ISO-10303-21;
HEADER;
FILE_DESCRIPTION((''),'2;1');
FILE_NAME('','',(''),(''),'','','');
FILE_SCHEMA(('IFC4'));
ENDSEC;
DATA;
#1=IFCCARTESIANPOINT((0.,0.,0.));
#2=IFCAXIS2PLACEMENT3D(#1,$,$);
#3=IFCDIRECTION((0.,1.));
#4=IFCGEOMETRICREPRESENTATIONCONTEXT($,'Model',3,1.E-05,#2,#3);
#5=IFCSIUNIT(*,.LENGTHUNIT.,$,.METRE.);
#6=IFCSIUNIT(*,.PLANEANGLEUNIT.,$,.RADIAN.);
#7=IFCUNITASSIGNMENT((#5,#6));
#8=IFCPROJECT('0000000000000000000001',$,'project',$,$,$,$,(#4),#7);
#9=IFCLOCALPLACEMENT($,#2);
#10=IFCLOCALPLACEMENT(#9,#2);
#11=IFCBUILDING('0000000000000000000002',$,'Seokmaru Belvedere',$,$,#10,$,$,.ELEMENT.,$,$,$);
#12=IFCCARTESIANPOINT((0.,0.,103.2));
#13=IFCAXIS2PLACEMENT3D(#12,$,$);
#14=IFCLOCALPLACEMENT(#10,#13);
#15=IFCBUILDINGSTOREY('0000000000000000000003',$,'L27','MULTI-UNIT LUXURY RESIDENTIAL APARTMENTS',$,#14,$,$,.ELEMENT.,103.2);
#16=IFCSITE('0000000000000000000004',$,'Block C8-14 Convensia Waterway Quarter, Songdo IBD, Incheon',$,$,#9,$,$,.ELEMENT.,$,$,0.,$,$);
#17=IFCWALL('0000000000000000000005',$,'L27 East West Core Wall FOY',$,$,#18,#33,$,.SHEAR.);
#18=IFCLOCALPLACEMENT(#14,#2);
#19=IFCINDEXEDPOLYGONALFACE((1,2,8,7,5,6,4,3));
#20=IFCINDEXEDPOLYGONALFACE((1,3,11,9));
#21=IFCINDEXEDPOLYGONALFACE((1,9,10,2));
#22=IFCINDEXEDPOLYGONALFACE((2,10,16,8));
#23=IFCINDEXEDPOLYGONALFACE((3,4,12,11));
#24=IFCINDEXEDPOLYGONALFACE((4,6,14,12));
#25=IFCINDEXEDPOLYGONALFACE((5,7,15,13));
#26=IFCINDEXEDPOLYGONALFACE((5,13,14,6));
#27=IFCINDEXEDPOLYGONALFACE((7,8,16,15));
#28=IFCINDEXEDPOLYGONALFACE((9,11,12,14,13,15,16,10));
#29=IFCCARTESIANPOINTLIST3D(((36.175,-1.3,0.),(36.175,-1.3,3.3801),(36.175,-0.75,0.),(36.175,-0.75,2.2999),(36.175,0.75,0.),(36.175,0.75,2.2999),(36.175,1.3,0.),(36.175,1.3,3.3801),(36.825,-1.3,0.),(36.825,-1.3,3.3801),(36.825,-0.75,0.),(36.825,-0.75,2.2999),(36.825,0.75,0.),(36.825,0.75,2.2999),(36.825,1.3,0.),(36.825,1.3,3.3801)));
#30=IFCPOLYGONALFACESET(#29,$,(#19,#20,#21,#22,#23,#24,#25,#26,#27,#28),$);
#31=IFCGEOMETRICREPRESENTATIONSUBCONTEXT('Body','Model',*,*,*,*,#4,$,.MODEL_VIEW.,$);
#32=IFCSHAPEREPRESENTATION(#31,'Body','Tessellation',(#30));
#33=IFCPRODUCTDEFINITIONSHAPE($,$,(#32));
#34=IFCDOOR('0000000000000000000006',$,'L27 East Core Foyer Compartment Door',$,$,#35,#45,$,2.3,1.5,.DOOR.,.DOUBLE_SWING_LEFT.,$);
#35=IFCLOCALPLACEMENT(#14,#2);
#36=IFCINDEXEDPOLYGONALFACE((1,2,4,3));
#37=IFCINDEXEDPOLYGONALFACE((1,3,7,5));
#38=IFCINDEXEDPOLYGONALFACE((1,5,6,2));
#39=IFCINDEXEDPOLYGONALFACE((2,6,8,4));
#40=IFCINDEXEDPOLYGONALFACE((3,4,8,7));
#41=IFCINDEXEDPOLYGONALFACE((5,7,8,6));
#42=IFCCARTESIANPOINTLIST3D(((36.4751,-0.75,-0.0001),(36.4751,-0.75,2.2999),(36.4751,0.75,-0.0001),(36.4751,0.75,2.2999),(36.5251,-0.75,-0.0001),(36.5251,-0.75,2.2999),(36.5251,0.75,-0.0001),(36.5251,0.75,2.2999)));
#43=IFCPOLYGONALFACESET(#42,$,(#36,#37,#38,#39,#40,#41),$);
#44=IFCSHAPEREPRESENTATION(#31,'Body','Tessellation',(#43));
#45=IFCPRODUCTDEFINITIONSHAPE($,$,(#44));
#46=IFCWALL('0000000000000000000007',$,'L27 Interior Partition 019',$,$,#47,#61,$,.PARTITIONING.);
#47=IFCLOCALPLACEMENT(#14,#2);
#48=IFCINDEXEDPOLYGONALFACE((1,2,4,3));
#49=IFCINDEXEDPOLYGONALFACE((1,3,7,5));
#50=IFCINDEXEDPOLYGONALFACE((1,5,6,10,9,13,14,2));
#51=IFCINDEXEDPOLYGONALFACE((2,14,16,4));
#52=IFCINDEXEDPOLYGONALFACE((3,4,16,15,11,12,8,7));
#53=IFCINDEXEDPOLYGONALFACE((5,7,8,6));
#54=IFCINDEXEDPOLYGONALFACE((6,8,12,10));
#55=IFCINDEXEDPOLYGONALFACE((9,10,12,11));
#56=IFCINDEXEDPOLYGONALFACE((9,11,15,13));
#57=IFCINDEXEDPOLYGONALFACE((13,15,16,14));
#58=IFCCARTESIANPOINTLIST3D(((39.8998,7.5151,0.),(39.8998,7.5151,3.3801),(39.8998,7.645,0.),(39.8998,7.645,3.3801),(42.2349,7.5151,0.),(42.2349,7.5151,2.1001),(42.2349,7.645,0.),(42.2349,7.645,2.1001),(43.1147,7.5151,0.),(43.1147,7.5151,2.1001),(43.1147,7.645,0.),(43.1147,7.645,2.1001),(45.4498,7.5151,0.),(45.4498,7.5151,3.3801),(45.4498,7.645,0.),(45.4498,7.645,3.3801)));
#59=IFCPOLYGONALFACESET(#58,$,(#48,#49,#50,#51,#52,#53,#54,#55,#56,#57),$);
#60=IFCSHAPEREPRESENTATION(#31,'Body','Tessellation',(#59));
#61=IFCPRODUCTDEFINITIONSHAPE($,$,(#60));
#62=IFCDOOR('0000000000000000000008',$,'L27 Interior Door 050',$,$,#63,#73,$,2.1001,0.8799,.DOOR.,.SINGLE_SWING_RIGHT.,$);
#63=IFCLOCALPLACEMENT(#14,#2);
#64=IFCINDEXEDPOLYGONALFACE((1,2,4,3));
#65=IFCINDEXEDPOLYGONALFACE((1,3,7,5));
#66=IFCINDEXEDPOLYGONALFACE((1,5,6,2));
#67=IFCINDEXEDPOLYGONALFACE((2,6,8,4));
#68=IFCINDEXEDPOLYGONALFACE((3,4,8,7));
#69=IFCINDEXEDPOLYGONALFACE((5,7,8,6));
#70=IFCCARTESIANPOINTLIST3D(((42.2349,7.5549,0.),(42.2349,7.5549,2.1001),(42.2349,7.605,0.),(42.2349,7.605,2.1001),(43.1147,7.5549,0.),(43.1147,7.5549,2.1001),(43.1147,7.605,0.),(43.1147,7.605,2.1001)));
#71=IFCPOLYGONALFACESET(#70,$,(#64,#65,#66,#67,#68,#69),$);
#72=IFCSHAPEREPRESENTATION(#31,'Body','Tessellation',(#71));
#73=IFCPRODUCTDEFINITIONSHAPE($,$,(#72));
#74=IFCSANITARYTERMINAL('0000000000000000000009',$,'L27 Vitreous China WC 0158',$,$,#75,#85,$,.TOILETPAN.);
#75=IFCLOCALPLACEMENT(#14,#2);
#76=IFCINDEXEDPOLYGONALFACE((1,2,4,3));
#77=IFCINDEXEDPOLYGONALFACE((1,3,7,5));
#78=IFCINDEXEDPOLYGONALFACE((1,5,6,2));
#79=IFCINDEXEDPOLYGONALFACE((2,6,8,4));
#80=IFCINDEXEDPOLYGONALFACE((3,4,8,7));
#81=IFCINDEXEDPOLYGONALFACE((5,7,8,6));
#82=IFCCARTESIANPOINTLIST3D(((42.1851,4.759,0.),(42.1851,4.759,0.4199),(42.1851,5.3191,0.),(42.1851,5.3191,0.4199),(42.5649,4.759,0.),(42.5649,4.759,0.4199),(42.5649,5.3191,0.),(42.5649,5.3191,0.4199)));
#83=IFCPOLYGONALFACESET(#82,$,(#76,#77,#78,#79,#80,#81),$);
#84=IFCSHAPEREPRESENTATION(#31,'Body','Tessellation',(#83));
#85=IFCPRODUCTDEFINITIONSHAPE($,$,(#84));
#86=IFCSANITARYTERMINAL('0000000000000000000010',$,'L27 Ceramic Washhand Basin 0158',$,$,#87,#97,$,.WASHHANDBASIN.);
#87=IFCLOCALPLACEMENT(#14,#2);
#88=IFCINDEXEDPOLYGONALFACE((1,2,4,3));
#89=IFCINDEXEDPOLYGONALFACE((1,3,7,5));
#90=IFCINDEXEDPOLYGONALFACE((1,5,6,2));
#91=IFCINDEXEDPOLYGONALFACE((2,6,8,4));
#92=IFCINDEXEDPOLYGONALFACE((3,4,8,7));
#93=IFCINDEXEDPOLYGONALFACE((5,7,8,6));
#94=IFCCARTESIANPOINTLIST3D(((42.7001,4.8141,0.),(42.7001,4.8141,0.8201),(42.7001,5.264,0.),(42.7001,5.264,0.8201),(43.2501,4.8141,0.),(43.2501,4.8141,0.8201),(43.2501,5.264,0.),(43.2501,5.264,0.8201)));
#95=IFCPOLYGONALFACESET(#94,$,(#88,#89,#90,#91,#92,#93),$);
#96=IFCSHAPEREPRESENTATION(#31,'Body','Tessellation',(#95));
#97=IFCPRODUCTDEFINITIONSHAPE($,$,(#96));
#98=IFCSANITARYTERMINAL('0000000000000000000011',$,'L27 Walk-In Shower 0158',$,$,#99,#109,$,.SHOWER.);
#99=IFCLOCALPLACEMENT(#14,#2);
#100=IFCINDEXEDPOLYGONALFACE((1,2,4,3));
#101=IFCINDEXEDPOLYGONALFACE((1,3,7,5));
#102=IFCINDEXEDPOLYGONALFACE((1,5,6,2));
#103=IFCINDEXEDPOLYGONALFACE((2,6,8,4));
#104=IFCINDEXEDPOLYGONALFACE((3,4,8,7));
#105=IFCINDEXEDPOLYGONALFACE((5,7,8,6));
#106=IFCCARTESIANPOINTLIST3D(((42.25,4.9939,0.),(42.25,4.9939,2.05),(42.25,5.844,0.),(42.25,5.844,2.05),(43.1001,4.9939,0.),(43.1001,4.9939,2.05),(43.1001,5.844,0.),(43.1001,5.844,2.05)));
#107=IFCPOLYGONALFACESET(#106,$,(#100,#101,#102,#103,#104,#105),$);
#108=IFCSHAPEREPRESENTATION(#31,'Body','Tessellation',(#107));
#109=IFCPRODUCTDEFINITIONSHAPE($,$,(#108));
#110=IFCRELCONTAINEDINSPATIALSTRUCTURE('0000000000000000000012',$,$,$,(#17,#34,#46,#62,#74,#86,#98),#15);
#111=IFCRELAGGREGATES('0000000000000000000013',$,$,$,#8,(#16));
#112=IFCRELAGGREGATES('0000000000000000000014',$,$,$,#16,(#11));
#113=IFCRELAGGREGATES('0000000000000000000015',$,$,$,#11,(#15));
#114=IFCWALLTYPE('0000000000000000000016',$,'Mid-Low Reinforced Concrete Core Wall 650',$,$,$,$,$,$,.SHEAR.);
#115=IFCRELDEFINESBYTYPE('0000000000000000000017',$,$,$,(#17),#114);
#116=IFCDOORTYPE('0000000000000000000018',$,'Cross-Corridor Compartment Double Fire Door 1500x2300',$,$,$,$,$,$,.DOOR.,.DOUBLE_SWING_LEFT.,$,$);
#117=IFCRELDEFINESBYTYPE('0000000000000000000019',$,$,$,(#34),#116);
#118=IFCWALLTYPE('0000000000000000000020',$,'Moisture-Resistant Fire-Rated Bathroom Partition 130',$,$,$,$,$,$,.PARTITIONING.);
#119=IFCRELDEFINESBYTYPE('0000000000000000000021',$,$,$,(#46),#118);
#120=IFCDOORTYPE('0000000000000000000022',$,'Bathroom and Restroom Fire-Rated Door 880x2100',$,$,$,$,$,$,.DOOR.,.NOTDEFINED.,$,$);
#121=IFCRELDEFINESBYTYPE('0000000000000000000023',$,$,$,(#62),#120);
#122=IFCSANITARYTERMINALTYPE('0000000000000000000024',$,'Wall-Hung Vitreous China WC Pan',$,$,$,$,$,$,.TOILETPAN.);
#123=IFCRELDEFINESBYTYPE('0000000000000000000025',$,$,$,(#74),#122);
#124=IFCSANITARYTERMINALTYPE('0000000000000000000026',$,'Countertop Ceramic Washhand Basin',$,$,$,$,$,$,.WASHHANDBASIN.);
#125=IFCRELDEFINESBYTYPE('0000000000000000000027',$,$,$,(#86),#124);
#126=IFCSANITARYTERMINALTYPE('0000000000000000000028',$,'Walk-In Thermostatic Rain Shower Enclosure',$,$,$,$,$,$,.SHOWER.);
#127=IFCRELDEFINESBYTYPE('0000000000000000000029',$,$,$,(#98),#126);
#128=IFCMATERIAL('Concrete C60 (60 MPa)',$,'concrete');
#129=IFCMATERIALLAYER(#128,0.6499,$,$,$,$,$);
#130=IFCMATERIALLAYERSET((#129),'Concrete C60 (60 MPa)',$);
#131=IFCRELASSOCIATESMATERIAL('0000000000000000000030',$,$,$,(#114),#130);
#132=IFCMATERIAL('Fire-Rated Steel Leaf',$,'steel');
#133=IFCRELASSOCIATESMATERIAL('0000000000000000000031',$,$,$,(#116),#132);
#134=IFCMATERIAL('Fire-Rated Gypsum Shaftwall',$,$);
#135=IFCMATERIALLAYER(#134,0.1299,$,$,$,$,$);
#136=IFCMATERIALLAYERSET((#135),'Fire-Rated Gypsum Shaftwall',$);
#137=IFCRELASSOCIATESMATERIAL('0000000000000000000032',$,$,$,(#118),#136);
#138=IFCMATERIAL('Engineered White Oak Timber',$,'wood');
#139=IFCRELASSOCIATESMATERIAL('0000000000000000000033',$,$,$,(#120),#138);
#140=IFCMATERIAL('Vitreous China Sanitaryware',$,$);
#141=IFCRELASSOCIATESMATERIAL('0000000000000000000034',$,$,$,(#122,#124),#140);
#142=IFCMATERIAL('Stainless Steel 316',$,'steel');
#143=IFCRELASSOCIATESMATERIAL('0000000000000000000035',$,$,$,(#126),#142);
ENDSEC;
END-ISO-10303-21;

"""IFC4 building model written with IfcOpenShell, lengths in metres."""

from ifc_helpers import new_model, si_unit, direction, frame, frame_2d, origin, origin_2d, place, context, subcontext, project, spatial, rectangle, extrude, source, transform, mapped, material, layer, layer_set, type_object, type_shapes, element, fill, save


model = new_model("IFC4")

# Units and contexts
model_context = context("Model", 3, precision=1e-05, world=origin(), true_north=direction((0.0, 1.0)))
body_context = subcontext(model_context, "Body", "Model", "MODEL_VIEW")
ifc_project = project(units=[si_unit("LENGTHUNIT", "METRE"), si_unit("PLANEANGLEUNIT", "RADIAN")], contexts=[model_context])

# Site, building, storey
site_placement = place(None, origin())
site = spatial("IfcSite", under=ifc_project, at=site_placement, Name="Block C8-14 Convensia Waterway Quarter, Songdo IBD, Incheon", CompositionType="ELEMENT", RefElevation=0.0)
building_placement = place(site_placement, origin())
building = spatial("IfcBuilding", under=site, at=building_placement, Name="Seokmaru Belvedere", CompositionType="ELEMENT")
storey_placement = place(building_placement, frame((0.0, 0.0, 103.2)))
storey = spatial("IfcBuildingStorey", under=building, at=storey_placement, Name="L27", Description="MULTI-UNIT LUXURY RESIDENTIAL APARTMENTS", CompositionType="ELEMENT", Elevation=103.2)

# Shared definitions
ifc_material_1 = material(Name="Fire-Rated Gypsum Shaftwall")

# Walls, openings, doors
ifc_material_2 = material(Name="Concrete C60 (60 MPa)", Category="concrete")
ifc_layer_1 = layer(ifc_material_2, 0.6499)
ifc_layer_set_1 = layer_set([ifc_layer_1], Name="Concrete C60 (60 MPa)")
wall_type_1 = type_object("IfcWallType", Name="Mid-Low Reinforced Concrete Core Wall 650", PredefinedType="SHEAR", material=ifc_layer_set_1)
wall_1_placement = place(storey_placement, frame((36.5, -1.3, 0.0), z_axis=(0.0, 0.0, 1.0), x_axis=(0.0, 1.0, 0.0)))
wall_1 = element("IfcWall", 1, at=wall_1_placement, inside=storey, type_object=wall_type_1, Name="L27 East West Core Wall FOY", PredefinedType="SHEAR", context=body_context, shape_type="SweptSolid", body=[
    extrude(rectangle(XDim=2.6001, YDim=0.6499, at=frame_2d((1.3, 0.0))), origin(), (0.0, 0.0, 1.0), 3.3801),
])
opening_1_placement = place(wall_1_placement, frame((0.55, 0.0, 0.0)))
opening_1 = element("IfcOpeningElement", 2, at=opening_1_placement, cuts=wall_1, PredefinedType="OPENING", context=body_context, shape_type="SweptSolid", body=[
    extrude(rectangle(XDim=1.5, YDim=2.3, at=frame_2d((0.75, 1.1499))), frame((0.0, 0.335, 0.0), z_axis=(0.0, -1.0, 0.0), x_axis=(1.0, 0.0, 0.0)), (0.0, 0.0, 1.0), 0.6699),
])
ifc_material_3 = material(Name="Fire-Rated Steel Leaf", Category="steel")
door_type_1 = type_object("IfcDoorType", Name="Cross-Corridor Compartment Double Fire Door 1500x2300", OperationType="DOUBLE_SWING_LEFT", PredefinedType="DOOR", material=ifc_material_3)
shared_shape_1 = source(origin(), body_context, "Body", "SweptSolid", [
    extrude(rectangle(XDim=1.5, YDim=2.3, at=frame_2d((0.75, 1.1499))), frame((0.0, 0.0249, 0.0), z_axis=(0.0, -1.0, 0.0), x_axis=(1.0, 0.0, 0.0)), (0.0, 0.0, 1.0), 0.05),
])
type_shapes(door_type_1, [shared_shape_1])
door_1_placement = place(opening_1_placement, origin())
door_1 = element("IfcDoor", 3, at=door_1_placement, inside=storey, type_object=door_type_1, Name="L27 East Core Foyer Compartment Door", OperationType="DOUBLE_SWING_LEFT", OverallHeight=2.3, OverallWidth=1.5, PredefinedType="DOOR", context=body_context, shape_type="MappedRepresentation", body=[
    mapped(shared_shape_1, transform((0.0, 0.0, 0.0), scale=1.0)),
])
fill(opening_1, door_1)
ifc_layer_2 = layer(ifc_material_1, 0.1299)
ifc_layer_set_2 = layer_set([ifc_layer_2], Name="Fire-Rated Gypsum Shaftwall")
wall_type_2 = type_object("IfcWallType", Name="Moisture-Resistant Fire-Rated Bathroom Partition 130", PredefinedType="PARTITIONING", material=ifc_layer_set_2)
wall_2_placement = place(storey_placement, frame((39.8999, 7.5801, 0.0), z_axis=(0.0, 0.0, 1.0), x_axis=(1.0, 0.0, 0.0)))
wall_2 = element("IfcWall", 4, at=wall_2_placement, inside=storey, type_object=wall_type_2, Name="L27 Interior Partition 019", PredefinedType="PARTITIONING", context=body_context, shape_type="SweptSolid", body=[
    extrude(rectangle(XDim=5.55, YDim=0.1299, at=frame_2d((2.7749, 0.0))), origin(), (0.0, 0.0, 1.0), 3.3801),
])
opening_2_placement = place(wall_2_placement, frame((2.335, 0.0, 0.0)))
opening_2 = element("IfcOpeningElement", 5, at=opening_2_placement, cuts=wall_2, PredefinedType="OPENING", context=body_context, shape_type="SweptSolid", body=[
    extrude(rectangle(XDim=0.8799, YDim=2.1001, at=frame_2d((0.4399, 1.05))), frame((0.0, 0.075, 0.0), z_axis=(0.0, -1.0, 0.0), x_axis=(1.0, 0.0, 0.0)), (0.0, 0.0, 1.0), 0.1499),
])
ifc_material_4 = material(Name="Engineered White Oak Timber", Category="wood")
door_type_2 = type_object("IfcDoorType", Name="Bathroom and Restroom Fire-Rated Door 880x2100", OperationType="NOTDEFINED", PredefinedType="DOOR", material=ifc_material_4)
shared_shape_2 = source(origin(), body_context, "Body", "SweptSolid", [
    extrude(rectangle(XDim=0.8799, YDim=2.1001, at=frame_2d((0.4399, 1.05))), frame((0.0, 0.0249, 0.0), z_axis=(0.0, -1.0, 0.0), x_axis=(1.0, 0.0, 0.0)), (0.0, 0.0, 1.0), 0.05),
])
type_shapes(door_type_2, [shared_shape_2])
door_2_placement = place(opening_2_placement, origin())
door_2 = element("IfcDoor", 6, at=door_2_placement, inside=storey, type_object=door_type_2, Name="L27 Interior Door 050", OperationType="SINGLE_SWING_RIGHT", OverallHeight=2.1001, OverallWidth=0.8799, PredefinedType="DOOR", context=body_context, shape_type="MappedRepresentation", body=[
    mapped(shared_shape_2, transform((0.0, 0.0, 0.0), scale=1.0)),
])
fill(opening_2, door_2)

# Sanitary terminals
ifc_material_5 = material(Name="Vitreous China Sanitaryware")
sanitary_terminal_type_1 = type_object("IfcSanitaryTerminalType", Name="Wall-Hung Vitreous China WC Pan", PredefinedType="TOILETPAN", material=ifc_material_5)
shared_shape_3 = source(origin(), body_context, "Body", "SweptSolid", [
    extrude(rectangle(XDim=0.3799, YDim=0.5601, at=origin_2d()), origin(), (0.0, 0.0, 1.0), 0.4199),
])
type_shapes(sanitary_terminal_type_1, [shared_shape_3])
sanitary_terminal_1_placement = place(storey_placement, frame((42.375, 5.0391, 0.0), z_axis=(0.0, 0.0, 1.0), x_axis=(1.0, 0.0, 0.0)))
element("IfcSanitaryTerminal", 7, at=sanitary_terminal_1_placement, inside=storey, type_object=sanitary_terminal_type_1, Name="L27 Vitreous China WC 0158", PredefinedType="TOILETPAN", context=body_context, shape_type="MappedRepresentation", body=[
    mapped(shared_shape_3, transform((0.0, 0.0, 0.0), scale=1.0)),
])
sanitary_terminal_type_2 = type_object("IfcSanitaryTerminalType", Name="Countertop Ceramic Washhand Basin", PredefinedType="WASHHANDBASIN", material=ifc_material_5)
shared_shape_4 = source(origin(), body_context, "Body", "SweptSolid", [
    extrude(rectangle(XDim=0.55, YDim=0.45, at=origin_2d()), origin(), (0.0, 0.0, 1.0), 0.8201),
])
type_shapes(sanitary_terminal_type_2, [shared_shape_4])
sanitary_terminal_2_placement = place(storey_placement, frame((42.9751, 5.0391, 0.0), z_axis=(0.0, 0.0, 1.0), x_axis=(1.0, 0.0, 0.0)))
element("IfcSanitaryTerminal", 8, at=sanitary_terminal_2_placement, inside=storey, type_object=sanitary_terminal_type_2, Name="L27 Ceramic Washhand Basin 0158", PredefinedType="WASHHANDBASIN", context=body_context, shape_type="MappedRepresentation", body=[
    mapped(shared_shape_4, transform((0.0, 0.0, 0.0), scale=1.0)),
])
ifc_material_6 = material(Name="Stainless Steel 316", Category="steel")
sanitary_terminal_type_3 = type_object("IfcSanitaryTerminalType", Name="Walk-In Thermostatic Rain Shower Enclosure", PredefinedType="SHOWER", material=ifc_material_6)
shared_shape_5 = source(origin(), body_context, "Body", "SweptSolid", [
    extrude(rectangle(XDim=0.8501, YDim=0.8501, at=origin_2d()), origin(), (0.0, 0.0, 1.0), 2.05),
])
type_shapes(sanitary_terminal_type_3, [shared_shape_5])
sanitary_terminal_3_placement = place(storey_placement, frame((42.675, 5.4189, 0.0), z_axis=(0.0, 0.0, 1.0), x_axis=(1.0, 0.0, 0.0)))
element("IfcSanitaryTerminal", 9, at=sanitary_terminal_3_placement, inside=storey, type_object=sanitary_terminal_type_3, Name="L27 Walk-In Shower 0158", PredefinedType="SHOWER", context=body_context, shape_type="MappedRepresentation", body=[
    mapped(shared_shape_5, transform((0.0, 0.0, 0.0), scale=1.0)),
])

save(model, "model.ifc")
